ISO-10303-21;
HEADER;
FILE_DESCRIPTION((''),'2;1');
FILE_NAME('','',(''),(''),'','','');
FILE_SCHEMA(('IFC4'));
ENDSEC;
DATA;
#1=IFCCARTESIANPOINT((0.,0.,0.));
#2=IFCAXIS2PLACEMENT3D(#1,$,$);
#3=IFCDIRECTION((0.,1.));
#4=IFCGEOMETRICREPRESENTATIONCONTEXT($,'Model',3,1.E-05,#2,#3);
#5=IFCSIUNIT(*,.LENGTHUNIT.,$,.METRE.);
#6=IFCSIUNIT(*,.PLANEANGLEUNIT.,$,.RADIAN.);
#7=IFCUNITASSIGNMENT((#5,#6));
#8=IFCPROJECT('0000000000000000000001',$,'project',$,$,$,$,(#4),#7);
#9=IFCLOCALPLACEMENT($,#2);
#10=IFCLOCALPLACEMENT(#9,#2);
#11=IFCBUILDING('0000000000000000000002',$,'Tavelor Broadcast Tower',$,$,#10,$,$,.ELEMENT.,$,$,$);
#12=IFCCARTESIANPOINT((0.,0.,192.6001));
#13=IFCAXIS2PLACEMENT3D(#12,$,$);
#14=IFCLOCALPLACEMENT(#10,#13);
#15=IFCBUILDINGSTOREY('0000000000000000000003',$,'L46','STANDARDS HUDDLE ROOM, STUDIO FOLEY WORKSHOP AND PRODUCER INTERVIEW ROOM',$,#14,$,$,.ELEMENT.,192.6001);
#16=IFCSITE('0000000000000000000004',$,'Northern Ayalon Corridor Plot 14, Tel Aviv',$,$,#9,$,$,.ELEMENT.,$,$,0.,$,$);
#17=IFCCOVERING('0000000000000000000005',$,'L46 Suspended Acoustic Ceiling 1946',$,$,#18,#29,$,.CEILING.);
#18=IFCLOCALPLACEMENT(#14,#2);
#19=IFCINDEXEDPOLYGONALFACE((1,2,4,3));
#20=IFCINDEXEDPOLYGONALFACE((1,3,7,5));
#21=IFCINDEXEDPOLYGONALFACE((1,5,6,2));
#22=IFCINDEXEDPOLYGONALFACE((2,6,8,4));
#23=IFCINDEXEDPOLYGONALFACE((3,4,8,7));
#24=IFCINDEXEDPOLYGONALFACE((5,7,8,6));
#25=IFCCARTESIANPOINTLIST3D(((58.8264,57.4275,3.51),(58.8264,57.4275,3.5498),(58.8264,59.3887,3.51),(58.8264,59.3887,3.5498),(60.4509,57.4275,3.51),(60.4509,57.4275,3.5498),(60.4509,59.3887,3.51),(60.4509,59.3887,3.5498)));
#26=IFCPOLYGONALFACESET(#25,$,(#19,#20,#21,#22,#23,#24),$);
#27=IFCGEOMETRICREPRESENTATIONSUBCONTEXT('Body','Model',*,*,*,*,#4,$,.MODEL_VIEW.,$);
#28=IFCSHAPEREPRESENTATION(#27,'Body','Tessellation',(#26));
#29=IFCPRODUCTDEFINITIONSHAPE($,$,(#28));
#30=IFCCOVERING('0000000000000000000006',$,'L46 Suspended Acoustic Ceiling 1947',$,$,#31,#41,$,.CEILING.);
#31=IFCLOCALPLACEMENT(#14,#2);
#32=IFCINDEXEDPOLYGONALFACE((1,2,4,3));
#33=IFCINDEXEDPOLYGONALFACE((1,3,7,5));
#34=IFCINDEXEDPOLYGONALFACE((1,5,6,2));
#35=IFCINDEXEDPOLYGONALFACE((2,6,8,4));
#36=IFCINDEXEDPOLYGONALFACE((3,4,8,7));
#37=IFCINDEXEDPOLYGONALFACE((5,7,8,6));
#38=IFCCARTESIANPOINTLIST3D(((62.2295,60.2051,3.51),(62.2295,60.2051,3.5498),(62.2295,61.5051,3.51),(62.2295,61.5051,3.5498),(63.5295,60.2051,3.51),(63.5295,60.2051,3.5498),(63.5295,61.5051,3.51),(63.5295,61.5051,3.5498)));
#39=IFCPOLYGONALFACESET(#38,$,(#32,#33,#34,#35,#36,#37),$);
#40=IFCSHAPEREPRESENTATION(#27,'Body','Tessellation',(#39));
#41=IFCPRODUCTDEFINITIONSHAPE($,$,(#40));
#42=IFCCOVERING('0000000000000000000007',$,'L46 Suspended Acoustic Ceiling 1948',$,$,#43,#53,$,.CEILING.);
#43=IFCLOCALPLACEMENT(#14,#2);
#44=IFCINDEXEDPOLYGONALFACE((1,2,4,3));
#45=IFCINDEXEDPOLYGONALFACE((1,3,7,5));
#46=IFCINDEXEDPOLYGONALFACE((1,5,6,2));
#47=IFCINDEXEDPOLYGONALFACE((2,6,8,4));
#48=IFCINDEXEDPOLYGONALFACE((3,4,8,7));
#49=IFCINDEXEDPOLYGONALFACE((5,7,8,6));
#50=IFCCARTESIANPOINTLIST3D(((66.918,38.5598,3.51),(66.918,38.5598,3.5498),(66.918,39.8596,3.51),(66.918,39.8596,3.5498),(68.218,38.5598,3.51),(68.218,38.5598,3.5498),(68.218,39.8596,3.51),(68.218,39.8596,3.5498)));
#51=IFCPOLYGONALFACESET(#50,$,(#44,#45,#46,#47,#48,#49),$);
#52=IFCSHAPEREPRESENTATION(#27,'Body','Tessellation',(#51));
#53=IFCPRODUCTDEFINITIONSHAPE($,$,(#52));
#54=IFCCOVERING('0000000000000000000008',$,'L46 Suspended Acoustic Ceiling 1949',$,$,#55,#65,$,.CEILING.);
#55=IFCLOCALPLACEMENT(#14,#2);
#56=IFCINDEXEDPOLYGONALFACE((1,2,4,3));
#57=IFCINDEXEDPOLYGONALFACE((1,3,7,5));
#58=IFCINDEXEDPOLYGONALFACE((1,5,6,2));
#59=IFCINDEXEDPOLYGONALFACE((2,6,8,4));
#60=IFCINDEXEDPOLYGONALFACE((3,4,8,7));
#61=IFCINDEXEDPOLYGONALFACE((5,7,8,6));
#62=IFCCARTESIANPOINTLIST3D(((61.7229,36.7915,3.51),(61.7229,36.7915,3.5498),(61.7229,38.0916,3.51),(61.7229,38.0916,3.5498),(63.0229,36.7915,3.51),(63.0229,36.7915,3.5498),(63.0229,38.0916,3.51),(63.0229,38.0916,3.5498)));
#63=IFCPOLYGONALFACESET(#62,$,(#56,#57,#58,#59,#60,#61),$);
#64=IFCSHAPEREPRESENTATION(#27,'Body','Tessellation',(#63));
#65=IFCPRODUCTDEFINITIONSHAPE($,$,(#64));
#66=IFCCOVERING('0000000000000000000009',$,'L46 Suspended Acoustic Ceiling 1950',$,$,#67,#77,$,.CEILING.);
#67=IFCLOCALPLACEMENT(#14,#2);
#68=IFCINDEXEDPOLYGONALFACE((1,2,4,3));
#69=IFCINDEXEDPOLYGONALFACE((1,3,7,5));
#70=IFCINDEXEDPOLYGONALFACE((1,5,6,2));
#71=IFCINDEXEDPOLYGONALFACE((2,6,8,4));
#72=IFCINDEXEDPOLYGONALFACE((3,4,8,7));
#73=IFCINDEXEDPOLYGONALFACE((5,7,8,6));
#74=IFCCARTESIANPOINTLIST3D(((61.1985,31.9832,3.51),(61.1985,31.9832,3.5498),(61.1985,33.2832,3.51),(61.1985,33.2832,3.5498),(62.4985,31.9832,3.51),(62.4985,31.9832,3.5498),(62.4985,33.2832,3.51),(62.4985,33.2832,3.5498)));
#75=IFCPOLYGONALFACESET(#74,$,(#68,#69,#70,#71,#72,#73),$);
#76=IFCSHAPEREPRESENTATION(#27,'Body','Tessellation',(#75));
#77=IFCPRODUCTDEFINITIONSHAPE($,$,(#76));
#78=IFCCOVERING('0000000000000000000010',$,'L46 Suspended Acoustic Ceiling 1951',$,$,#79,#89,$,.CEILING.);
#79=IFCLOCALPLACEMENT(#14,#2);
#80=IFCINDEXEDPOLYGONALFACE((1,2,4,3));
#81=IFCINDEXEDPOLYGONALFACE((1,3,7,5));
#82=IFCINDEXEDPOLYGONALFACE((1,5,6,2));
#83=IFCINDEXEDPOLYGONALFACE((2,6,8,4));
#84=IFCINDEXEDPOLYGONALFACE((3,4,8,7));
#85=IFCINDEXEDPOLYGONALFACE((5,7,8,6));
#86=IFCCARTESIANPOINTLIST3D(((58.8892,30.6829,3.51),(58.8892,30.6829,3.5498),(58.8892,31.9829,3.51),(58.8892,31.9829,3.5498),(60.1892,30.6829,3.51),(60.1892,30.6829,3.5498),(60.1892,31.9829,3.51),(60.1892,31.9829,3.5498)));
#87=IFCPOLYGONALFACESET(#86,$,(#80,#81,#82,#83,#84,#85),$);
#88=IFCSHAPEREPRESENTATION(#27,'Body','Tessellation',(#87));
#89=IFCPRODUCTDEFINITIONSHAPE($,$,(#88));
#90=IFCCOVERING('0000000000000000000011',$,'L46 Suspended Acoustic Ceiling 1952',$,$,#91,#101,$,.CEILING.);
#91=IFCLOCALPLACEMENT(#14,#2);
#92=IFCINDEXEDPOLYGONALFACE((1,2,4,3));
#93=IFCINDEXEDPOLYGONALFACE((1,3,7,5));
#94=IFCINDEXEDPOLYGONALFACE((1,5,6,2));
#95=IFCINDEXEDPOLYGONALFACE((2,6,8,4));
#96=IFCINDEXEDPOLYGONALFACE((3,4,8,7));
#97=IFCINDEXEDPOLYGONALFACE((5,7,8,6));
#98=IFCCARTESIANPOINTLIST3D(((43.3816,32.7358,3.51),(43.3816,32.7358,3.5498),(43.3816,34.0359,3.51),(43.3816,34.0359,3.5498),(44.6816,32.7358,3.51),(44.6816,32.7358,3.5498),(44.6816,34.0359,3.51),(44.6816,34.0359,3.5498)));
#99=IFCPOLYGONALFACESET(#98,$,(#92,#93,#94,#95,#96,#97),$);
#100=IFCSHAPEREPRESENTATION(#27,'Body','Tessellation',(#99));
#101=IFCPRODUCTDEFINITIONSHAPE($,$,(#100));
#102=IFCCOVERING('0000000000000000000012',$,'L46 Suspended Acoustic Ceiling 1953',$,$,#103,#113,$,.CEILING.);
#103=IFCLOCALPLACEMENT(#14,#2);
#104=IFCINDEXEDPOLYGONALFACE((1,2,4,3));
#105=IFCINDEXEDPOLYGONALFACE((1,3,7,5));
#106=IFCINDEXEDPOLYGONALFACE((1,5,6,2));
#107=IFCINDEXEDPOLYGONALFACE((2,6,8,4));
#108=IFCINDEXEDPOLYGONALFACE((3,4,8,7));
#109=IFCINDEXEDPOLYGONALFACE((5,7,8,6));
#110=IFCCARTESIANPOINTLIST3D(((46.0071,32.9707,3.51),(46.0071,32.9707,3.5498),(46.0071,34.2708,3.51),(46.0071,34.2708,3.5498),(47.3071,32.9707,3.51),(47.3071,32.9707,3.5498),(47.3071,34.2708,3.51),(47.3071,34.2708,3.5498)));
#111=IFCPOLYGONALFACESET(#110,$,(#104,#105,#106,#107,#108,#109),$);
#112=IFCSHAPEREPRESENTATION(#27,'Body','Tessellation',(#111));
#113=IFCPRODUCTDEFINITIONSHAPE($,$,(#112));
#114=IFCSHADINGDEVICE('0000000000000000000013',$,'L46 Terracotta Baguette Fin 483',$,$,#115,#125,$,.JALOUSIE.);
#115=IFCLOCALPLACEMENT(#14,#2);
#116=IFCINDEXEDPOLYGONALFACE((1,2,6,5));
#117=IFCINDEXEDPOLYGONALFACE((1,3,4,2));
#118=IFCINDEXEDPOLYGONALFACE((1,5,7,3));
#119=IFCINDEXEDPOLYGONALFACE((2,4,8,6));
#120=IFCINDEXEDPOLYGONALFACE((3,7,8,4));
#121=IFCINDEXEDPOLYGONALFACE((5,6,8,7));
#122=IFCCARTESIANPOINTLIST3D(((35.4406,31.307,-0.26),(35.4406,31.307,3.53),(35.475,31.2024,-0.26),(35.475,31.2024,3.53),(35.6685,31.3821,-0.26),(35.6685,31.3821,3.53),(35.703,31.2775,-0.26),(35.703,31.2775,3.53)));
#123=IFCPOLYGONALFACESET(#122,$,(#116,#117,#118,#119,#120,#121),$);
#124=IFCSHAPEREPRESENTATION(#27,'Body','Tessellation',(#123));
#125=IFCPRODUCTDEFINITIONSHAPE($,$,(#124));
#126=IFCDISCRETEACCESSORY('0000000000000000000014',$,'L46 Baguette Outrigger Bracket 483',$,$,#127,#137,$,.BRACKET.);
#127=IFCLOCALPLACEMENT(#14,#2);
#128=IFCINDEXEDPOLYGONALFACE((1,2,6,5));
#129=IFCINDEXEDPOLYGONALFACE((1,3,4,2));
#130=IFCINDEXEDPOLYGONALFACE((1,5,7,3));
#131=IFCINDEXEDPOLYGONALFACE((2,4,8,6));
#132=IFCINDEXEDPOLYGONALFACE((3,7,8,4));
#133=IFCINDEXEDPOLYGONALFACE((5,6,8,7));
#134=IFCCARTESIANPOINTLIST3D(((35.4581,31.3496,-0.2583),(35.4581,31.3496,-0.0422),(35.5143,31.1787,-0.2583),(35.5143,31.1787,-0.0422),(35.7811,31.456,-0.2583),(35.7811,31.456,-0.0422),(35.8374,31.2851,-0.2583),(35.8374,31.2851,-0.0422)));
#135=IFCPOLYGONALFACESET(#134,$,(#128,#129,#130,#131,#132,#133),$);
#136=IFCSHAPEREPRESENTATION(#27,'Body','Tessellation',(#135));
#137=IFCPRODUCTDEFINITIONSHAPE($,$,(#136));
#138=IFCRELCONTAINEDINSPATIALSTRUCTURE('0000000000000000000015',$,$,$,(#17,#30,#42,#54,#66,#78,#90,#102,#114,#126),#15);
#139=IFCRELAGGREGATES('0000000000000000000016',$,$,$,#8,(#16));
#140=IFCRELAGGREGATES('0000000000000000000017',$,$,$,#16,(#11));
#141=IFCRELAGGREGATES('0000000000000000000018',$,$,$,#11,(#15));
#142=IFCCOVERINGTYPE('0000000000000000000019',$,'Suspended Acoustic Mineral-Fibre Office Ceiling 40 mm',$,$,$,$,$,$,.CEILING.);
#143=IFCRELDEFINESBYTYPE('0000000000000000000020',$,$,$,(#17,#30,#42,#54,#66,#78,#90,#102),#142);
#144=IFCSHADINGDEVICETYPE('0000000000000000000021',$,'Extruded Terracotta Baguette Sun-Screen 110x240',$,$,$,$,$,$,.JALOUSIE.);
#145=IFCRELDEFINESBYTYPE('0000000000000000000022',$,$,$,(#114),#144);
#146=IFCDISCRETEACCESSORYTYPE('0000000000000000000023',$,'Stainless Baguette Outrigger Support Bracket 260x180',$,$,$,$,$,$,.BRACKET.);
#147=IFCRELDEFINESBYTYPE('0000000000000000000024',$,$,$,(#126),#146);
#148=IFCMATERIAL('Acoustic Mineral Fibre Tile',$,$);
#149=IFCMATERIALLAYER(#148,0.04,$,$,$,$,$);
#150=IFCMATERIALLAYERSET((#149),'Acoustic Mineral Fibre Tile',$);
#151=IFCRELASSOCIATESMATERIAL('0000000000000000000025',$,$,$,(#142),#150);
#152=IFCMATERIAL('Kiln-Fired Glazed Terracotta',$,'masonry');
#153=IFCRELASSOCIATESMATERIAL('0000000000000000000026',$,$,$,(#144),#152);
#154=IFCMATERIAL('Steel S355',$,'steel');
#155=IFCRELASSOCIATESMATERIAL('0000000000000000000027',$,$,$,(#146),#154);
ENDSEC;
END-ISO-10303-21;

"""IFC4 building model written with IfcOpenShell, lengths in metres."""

from ifc_helpers import new_model, si_unit, direction, frame, origin, origin_2d, place, context, subcontext, project, spatial, polyline, rectangle, outline, extrude, source, transform, mapped, material, layer, layer_set, type_object, type_shapes, element, save


model = new_model("IFC4")

# Units and contexts
model_context = context("Model", 3, precision=1e-05, world=origin(), true_north=direction((0.0, 1.0)))
body_context = subcontext(model_context, "Body", "Model", "MODEL_VIEW")
ifc_project = project(units=[si_unit("LENGTHUNIT", "METRE"), si_unit("PLANEANGLEUNIT", "RADIAN")], contexts=[model_context])

# Site, building, storey
site_placement = place(None, origin())
site = spatial("IfcSite", under=ifc_project, at=site_placement, Name="Northern Ayalon Corridor Plot 14, Tel Aviv", CompositionType="ELEMENT", RefElevation=0.0)
building_placement = place(site_placement, origin())
building = spatial("IfcBuilding", under=site, at=building_placement, Name="Tavelor Broadcast Tower", CompositionType="ELEMENT")
storey_placement = place(building_placement, frame((0.0, 0.0, 192.6001)))
storey = spatial("IfcBuildingStorey", under=building, at=storey_placement, Name="L46", Description="STANDARDS HUDDLE ROOM, STUDIO FOLEY WORKSHOP AND PRODUCER INTERVIEW ROOM", CompositionType="ELEMENT", Elevation=192.6001)

# Coverings
ifc_material_1 = material(Name="Acoustic Mineral Fibre Tile")
ifc_layer_1 = layer(ifc_material_1, 0.04)
ifc_layer_set_1 = layer_set([ifc_layer_1], Name="Acoustic Mineral Fibre Tile")
covering_type_1 = type_object("IfcCoveringType", Name="Suspended Acoustic Mineral-Fibre Office Ceiling 40 mm", PredefinedType="CEILING", material=ifc_layer_set_1)
covering_1_placement = place(storey_placement, frame((0.0, 0.0, 3.51)))
element("IfcCovering", 1, at=covering_1_placement, inside=storey, type_object=covering_type_1, Name="L46 Suspended Acoustic Ceiling 1946", PredefinedType="CEILING", context=body_context, shape_type="SweptSolid", body=[
    extrude(outline(polyline([(58.8264, 57.4275), (60.4509, 57.4275), (60.4509, 59.3887), (58.8264, 59.3887), (58.8264, 57.4275)])), origin(), (0.0, 0.0, 1.0), 0.0398),
])
covering_2_placement = place(storey_placement, frame((0.0, 0.0, 3.51)))
element("IfcCovering", 2, at=covering_2_placement, inside=storey, type_object=covering_type_1, Name="L46 Suspended Acoustic Ceiling 1947", PredefinedType="CEILING", context=body_context, shape_type="SweptSolid", body=[
    extrude(outline(polyline([(62.2295, 60.2051), (63.5295, 60.2051), (63.5295, 61.5051), (62.2295, 61.5051), (62.2295, 60.2051)])), origin(), (0.0, 0.0, 1.0), 0.0398),
])
covering_3_placement = place(storey_placement, frame((0.0, 0.0, 3.51)))
element("IfcCovering", 3, at=covering_3_placement, inside=storey, type_object=covering_type_1, Name="L46 Suspended Acoustic Ceiling 1948", PredefinedType="CEILING", context=body_context, shape_type="SweptSolid", body=[
    extrude(outline(polyline([(66.918, 38.5598), (68.218, 38.5598), (68.218, 39.8596), (66.918, 39.8596), (66.918, 38.5598)])), origin(), (0.0, 0.0, 1.0), 0.0398),
])
covering_4_placement = place(storey_placement, frame((0.0, 0.0, 3.51)))
element("IfcCovering", 4, at=covering_4_placement, inside=storey, type_object=covering_type_1, Name="L46 Suspended Acoustic Ceiling 1949", PredefinedType="CEILING", context=body_context, shape_type="SweptSolid", body=[
    extrude(outline(polyline([(61.7229, 36.7915), (63.0229, 36.7915), (63.0229, 38.0916), (61.7229, 38.0916), (61.7229, 36.7915)])), origin(), (0.0, 0.0, 1.0), 0.0398),
])
covering_5_placement = place(storey_placement, frame((0.0, 0.0, 3.51)))
element("IfcCovering", 5, at=covering_5_placement, inside=storey, type_object=covering_type_1, Name="L46 Suspended Acoustic Ceiling 1950", PredefinedType="CEILING", context=body_context, shape_type="SweptSolid", body=[
    extrude(outline(polyline([(61.1985, 31.9832), (62.4985, 31.9832), (62.4985, 33.2832), (61.1985, 33.2832), (61.1985, 31.9832)])), origin(), (0.0, 0.0, 1.0), 0.0398),
])
covering_6_placement = place(storey_placement, frame((0.0, 0.0, 3.51)))
element("IfcCovering", 6, at=covering_6_placement, inside=storey, type_object=covering_type_1, Name="L46 Suspended Acoustic Ceiling 1951", PredefinedType="CEILING", context=body_context, shape_type="SweptSolid", body=[
    extrude(outline(polyline([(58.8892, 30.6829), (60.1892, 30.6829), (60.1892, 31.9829), (58.8892, 31.9829), (58.8892, 30.6829)])), origin(), (0.0, 0.0, 1.0), 0.0398),
])
covering_7_placement = place(storey_placement, frame((0.0, 0.0, 3.51)))
element("IfcCovering", 7, at=covering_7_placement, inside=storey, type_object=covering_type_1, Name="L46 Suspended Acoustic Ceiling 1952", PredefinedType="CEILING", context=body_context, shape_type="SweptSolid", body=[
    extrude(outline(polyline([(43.3816, 32.7358), (44.6816, 32.7358), (44.6816, 34.0359), (43.3816, 34.0359), (43.3816, 32.7358)])), origin(), (0.0, 0.0, 1.0), 0.0398),
])
covering_8_placement = place(storey_placement, frame((0.0, 0.0, 3.51)))
element("IfcCovering", 8, at=covering_8_placement, inside=storey, type_object=covering_type_1, Name="L46 Suspended Acoustic Ceiling 1953", PredefinedType="CEILING", context=body_context, shape_type="SweptSolid", body=[
    extrude(outline(polyline([(46.0071, 32.9707), (47.3071, 32.9707), (47.3071, 34.2708), (46.0071, 34.2708), (46.0071, 32.9707)])), origin(), (0.0, 0.0, 1.0), 0.0398),
])

# Shading device
ifc_material_2 = material(Name="Kiln-Fired Glazed Terracotta", Category="masonry")
shading_device_type = type_object("IfcShadingDeviceType", Name="Extruded Terracotta Baguette Sun-Screen 110x240", PredefinedType="JALOUSIE", material=ifc_material_2)
shared_shape_1 = source(origin(), body_context, "Body", "SweptSolid", [
    extrude(rectangle(XDim=0.1101, YDim=0.24, at=origin_2d()), origin(), (0.0, 0.0, 1.0), 3.79),
])
type_shapes(shading_device_type, [shared_shape_1])
shading_device_placement = place(storey_placement, frame((35.5718, 31.2922, -0.26), z_axis=(0.0, 0.0, 1.0), x_axis=(0.312832, -0.949808, 0.0)))
element("IfcShadingDevice", 9, at=shading_device_placement, inside=storey, type_object=shading_device_type, Name="L46 Terracotta Baguette Fin 483", PredefinedType="JALOUSIE", context=body_context, shape_type="MappedRepresentation", body=[
    mapped(shared_shape_1, transform((0.0, 0.0, 0.0), scale=1.0)),
])

# Discrete accessory
ifc_material_3 = material(Name="Steel S355", Category="steel")
discrete_accessory_type = type_object("IfcDiscreteAccessoryType", Name="Stainless Baguette Outrigger Support Bracket 260x180", PredefinedType="BRACKET", material=ifc_material_3)
shared_shape_2 = source(origin(), body_context, "Body", "SweptSolid", [
    extrude(rectangle(XDim=0.1799, YDim=0.3401, at=origin_2d()), origin(), (0.0, 0.0, 1.0), 0.2161),
])
type_shapes(discrete_accessory_type, [shared_shape_2])
discrete_accessory_placement = place(storey_placement, frame((35.6477, 31.3174, -0.2583), z_axis=(0.0, 0.0, 1.0), x_axis=(0.312832, -0.949808, 0.0)))
element("IfcDiscreteAccessory", 10, at=discrete_accessory_placement, inside=storey, type_object=discrete_accessory_type, Name="L46 Baguette Outrigger Bracket 483", PredefinedType="BRACKET", context=body_context, shape_type="MappedRepresentation", body=[
    mapped(shared_shape_2, transform((0.0, 0.0, 0.0), scale=1.0)),
])

save(model, "model.ifc")
